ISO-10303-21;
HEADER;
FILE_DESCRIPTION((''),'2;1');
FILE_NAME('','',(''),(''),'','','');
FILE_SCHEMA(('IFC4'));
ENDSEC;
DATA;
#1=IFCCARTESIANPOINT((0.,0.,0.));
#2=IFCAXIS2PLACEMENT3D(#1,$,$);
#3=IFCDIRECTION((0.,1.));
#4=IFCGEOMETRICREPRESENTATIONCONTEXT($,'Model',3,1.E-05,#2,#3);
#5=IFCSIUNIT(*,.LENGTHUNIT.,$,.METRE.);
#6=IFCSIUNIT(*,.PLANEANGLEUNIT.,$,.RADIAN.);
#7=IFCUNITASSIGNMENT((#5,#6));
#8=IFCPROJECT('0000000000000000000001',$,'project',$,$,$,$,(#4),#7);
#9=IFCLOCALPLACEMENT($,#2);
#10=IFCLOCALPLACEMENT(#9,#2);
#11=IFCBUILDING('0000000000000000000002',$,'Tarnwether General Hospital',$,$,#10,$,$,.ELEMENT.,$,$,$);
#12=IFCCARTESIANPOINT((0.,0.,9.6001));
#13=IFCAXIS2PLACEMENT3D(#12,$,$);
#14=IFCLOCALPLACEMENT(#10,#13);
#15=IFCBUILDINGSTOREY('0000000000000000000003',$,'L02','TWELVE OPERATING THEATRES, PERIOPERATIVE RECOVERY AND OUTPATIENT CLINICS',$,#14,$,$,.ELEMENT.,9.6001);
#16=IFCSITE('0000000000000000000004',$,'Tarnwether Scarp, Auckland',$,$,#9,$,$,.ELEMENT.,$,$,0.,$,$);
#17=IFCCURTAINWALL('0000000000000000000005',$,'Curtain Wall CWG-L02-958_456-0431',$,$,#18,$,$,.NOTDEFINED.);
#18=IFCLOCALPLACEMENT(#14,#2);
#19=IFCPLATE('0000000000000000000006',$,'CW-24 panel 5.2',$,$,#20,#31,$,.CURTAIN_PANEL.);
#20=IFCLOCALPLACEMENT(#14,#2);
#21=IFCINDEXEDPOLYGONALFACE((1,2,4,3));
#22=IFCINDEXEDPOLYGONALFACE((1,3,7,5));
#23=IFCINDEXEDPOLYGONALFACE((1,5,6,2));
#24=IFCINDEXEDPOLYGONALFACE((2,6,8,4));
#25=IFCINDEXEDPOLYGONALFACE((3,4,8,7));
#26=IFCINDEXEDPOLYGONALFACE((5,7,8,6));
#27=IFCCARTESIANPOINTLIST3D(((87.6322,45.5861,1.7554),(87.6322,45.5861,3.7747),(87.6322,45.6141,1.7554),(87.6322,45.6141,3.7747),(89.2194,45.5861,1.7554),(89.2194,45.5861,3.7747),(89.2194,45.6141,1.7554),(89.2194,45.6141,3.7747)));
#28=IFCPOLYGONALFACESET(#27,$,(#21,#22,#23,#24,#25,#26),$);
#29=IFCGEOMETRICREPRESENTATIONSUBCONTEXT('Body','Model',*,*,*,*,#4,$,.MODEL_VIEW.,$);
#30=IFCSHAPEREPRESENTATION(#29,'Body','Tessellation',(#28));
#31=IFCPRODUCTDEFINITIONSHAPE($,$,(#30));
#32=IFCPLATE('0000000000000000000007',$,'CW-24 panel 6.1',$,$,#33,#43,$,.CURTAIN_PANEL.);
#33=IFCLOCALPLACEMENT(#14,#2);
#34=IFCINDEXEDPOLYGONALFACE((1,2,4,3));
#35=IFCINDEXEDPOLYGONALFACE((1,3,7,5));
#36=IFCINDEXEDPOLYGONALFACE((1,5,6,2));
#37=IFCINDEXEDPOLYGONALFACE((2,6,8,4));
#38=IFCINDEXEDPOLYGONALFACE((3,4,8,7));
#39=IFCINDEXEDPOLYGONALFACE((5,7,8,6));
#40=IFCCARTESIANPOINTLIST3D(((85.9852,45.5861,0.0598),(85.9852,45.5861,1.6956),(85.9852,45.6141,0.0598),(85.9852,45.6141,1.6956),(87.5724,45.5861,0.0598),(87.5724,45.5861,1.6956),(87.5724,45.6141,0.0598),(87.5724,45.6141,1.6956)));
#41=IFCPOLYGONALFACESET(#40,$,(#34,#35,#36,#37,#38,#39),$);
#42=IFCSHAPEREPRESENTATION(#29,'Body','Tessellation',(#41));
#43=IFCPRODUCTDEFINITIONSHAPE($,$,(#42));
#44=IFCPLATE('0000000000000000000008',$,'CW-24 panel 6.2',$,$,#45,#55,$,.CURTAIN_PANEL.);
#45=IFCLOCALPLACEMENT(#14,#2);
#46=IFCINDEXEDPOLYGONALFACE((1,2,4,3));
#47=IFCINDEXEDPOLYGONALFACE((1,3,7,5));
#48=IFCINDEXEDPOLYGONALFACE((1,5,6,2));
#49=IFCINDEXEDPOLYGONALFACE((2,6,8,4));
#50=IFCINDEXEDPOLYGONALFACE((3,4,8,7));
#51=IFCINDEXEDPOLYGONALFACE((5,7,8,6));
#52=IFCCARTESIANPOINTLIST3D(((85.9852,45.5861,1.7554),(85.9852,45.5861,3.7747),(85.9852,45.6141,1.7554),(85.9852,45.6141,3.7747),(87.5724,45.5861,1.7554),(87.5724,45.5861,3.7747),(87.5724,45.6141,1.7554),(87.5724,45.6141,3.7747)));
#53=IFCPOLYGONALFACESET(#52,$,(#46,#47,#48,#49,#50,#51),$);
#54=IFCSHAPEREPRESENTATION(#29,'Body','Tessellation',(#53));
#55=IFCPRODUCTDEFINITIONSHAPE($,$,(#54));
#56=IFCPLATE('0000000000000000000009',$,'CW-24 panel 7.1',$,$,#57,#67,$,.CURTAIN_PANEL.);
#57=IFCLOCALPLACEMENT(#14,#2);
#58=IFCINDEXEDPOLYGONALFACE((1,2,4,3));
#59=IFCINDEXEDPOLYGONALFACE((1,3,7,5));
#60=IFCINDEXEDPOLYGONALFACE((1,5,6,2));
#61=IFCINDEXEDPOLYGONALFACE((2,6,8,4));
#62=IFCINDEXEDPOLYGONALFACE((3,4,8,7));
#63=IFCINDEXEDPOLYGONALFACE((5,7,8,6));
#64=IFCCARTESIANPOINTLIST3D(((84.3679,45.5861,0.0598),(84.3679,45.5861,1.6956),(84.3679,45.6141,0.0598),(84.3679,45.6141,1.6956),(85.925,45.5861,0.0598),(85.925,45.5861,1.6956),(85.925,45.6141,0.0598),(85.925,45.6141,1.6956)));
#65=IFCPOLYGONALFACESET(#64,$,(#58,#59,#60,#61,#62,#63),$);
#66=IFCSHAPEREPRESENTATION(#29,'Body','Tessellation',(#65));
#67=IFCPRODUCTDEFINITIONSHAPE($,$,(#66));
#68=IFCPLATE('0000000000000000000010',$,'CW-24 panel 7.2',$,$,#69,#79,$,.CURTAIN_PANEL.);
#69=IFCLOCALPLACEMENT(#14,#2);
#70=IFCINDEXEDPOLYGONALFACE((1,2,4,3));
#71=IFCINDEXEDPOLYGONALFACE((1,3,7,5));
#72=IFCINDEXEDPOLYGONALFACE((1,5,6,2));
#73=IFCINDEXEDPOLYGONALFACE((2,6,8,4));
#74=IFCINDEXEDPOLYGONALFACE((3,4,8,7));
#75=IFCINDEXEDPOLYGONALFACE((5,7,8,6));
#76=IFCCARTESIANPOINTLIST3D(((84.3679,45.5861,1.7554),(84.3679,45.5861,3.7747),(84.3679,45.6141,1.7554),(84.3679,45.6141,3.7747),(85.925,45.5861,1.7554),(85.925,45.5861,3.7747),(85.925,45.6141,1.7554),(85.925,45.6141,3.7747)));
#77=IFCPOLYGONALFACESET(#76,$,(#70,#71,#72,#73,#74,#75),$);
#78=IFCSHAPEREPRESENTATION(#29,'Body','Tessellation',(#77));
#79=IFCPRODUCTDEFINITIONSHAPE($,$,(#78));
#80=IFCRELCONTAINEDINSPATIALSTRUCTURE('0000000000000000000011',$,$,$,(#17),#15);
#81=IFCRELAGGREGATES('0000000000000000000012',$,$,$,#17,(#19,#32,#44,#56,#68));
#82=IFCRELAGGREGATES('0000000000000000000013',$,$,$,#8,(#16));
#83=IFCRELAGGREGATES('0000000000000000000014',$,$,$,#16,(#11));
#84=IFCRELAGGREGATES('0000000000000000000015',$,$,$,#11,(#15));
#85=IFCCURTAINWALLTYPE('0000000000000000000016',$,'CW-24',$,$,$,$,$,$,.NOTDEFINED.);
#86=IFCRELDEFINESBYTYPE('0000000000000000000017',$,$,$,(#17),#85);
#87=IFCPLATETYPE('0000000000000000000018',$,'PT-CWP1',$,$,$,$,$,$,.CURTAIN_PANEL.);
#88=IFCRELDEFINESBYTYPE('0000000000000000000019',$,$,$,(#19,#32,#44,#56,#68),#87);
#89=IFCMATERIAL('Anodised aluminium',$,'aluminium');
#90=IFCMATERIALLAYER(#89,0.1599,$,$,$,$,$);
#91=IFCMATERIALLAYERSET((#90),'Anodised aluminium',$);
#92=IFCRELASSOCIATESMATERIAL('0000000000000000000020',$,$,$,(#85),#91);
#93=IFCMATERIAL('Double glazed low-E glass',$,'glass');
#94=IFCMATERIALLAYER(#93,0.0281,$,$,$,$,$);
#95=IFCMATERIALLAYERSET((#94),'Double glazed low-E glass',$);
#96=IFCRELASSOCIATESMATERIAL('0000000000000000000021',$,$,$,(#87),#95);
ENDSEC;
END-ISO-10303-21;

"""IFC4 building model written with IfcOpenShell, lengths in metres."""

from ifc_helpers import new_model, si_unit, direction, frame, origin, origin_2d, place, context, subcontext, project, spatial, rectangle, extrude, material, layer, layer_set, type_object, element, aggregate, save


model = new_model("IFC4")

# Units and contexts
model_context = context("Model", 3, precision=1e-05, world=origin(), true_north=direction((0.0, 1.0)))
body_context = subcontext(model_context, "Body", "Model", "MODEL_VIEW")
ifc_project = project(units=[si_unit("LENGTHUNIT", "METRE"), si_unit("PLANEANGLEUNIT", "RADIAN")], contexts=[model_context])

# Site, building, storey
site_placement = place(None, origin())
site = spatial("IfcSite", under=ifc_project, at=site_placement, Name="Tarnwether Scarp, Auckland", CompositionType="ELEMENT", RefElevation=0.0)
building_placement = place(site_placement, origin())
building = spatial("IfcBuilding", under=site, at=building_placement, Name="Tarnwether General Hospital", CompositionType="ELEMENT")
storey_placement = place(building_placement, frame((0.0, 0.0, 9.6001)))
storey = spatial("IfcBuildingStorey", under=building, at=storey_placement, Name="L02", Description="TWELVE OPERATING THEATRES, PERIOPERATIVE RECOVERY AND OUTPATIENT CLINICS", CompositionType="ELEMENT", Elevation=9.6001)

# Curtain wall
ifc_material_1 = material(Name="Anodised aluminium", Category="aluminium")
ifc_layer_1 = layer(ifc_material_1, 0.1599)
ifc_layer_set_1 = layer_set([ifc_layer_1], Name="Anodised aluminium")
curtain_wall_type = type_object("IfcCurtainWallType", Name="CW-24", PredefinedType="NOTDEFINED", material=ifc_layer_set_1)
curtain_wall_1_placement = place(storey_placement, origin())
curtain_wall_1 = element("IfcCurtainWall", 1, at=curtain_wall_1_placement, inside=storey, type_object=curtain_wall_type, Name="Curtain Wall CWG-L02-958_456-0431", PredefinedType="NOTDEFINED")

# Plates
ifc_material_2 = material(Name="Double glazed low-E glass", Category="glass")
ifc_layer_2 = layer(ifc_material_2, 0.0281)
ifc_layer_set_2 = layer_set([ifc_layer_2], Name="Double glazed low-E glass")
plate_type = type_object("IfcPlateType", Name="PT-CWP1", PredefinedType="CURTAIN_PANEL", material=ifc_layer_set_2)
plate_1_placement = place(storey_placement, frame((88.4258, 45.6001, 1.7554), z_axis=(0.0, 0.0, 1.0), x_axis=(-1.0, 0.0, 0.0)))
plate_1 = element("IfcPlate", 2, at=plate_1_placement, type_object=plate_type, Name="CW-24 panel 5.2", PredefinedType="CURTAIN_PANEL", context=body_context, shape_type="SweptSolid", body=[
    extrude(rectangle(XDim=1.5872, YDim=0.0281, at=origin_2d()), origin(), (0.0, 0.0, 1.0), 2.0193),
])
plate_2_placement = place(storey_placement, frame((86.7788, 45.6001, 0.0598), z_axis=(0.0, 0.0, 1.0), x_axis=(-1.0, 0.0, 0.0)))
plate_2 = element("IfcPlate", 3, at=plate_2_placement, type_object=plate_type, Name="CW-24 panel 6.1", PredefinedType="CURTAIN_PANEL", context=body_context, shape_type="SweptSolid", body=[
    extrude(rectangle(XDim=1.5872, YDim=0.0281, at=origin_2d()), origin(), (0.0, 0.0, 1.0), 1.6357),
])
plate_3_placement = place(storey_placement, frame((86.7788, 45.6001, 1.7554), z_axis=(0.0, 0.0, 1.0), x_axis=(-1.0, 0.0, 0.0)))
plate_3 = element("IfcPlate", 4, at=plate_3_placement, type_object=plate_type, Name="CW-24 panel 6.2", PredefinedType="CURTAIN_PANEL", context=body_context, shape_type="SweptSolid", body=[
    extrude(rectangle(XDim=1.5872, YDim=0.0281, at=origin_2d()), origin(), (0.0, 0.0, 1.0), 2.0193),
])
plate_4_placement = place(storey_placement, frame((85.1465, 45.6001, 0.0598), z_axis=(0.0, 0.0, 1.0), x_axis=(-1.0, 0.0, 0.0)))
plate_4 = element("IfcPlate", 5, at=plate_4_placement, type_object=plate_type, Name="CW-24 panel 7.1", PredefinedType="CURTAIN_PANEL", context=body_context, shape_type="SweptSolid", body=[
    extrude(rectangle(XDim=1.5571, YDim=0.0281, at=origin_2d()), origin(), (0.0, 0.0, 1.0), 1.6357),
])
plate_5_placement = place(storey_placement, frame((85.1465, 45.6001, 1.7554), z_axis=(0.0, 0.0, 1.0), x_axis=(-1.0, 0.0, 0.0)))
plate_5 = element("IfcPlate", 6, at=plate_5_placement, type_object=plate_type, Name="CW-24 panel 7.2", PredefinedType="CURTAIN_PANEL", context=body_context, shape_type="SweptSolid", body=[
    extrude(rectangle(XDim=1.5571, YDim=0.0281, at=origin_2d()), origin(), (0.0, 0.0, 1.0), 2.0193),
])
aggregate(curtain_wall_1, [plate_1, plate_2, plate_3, plate_4, plate_5])

save(model, "model.ifc")
